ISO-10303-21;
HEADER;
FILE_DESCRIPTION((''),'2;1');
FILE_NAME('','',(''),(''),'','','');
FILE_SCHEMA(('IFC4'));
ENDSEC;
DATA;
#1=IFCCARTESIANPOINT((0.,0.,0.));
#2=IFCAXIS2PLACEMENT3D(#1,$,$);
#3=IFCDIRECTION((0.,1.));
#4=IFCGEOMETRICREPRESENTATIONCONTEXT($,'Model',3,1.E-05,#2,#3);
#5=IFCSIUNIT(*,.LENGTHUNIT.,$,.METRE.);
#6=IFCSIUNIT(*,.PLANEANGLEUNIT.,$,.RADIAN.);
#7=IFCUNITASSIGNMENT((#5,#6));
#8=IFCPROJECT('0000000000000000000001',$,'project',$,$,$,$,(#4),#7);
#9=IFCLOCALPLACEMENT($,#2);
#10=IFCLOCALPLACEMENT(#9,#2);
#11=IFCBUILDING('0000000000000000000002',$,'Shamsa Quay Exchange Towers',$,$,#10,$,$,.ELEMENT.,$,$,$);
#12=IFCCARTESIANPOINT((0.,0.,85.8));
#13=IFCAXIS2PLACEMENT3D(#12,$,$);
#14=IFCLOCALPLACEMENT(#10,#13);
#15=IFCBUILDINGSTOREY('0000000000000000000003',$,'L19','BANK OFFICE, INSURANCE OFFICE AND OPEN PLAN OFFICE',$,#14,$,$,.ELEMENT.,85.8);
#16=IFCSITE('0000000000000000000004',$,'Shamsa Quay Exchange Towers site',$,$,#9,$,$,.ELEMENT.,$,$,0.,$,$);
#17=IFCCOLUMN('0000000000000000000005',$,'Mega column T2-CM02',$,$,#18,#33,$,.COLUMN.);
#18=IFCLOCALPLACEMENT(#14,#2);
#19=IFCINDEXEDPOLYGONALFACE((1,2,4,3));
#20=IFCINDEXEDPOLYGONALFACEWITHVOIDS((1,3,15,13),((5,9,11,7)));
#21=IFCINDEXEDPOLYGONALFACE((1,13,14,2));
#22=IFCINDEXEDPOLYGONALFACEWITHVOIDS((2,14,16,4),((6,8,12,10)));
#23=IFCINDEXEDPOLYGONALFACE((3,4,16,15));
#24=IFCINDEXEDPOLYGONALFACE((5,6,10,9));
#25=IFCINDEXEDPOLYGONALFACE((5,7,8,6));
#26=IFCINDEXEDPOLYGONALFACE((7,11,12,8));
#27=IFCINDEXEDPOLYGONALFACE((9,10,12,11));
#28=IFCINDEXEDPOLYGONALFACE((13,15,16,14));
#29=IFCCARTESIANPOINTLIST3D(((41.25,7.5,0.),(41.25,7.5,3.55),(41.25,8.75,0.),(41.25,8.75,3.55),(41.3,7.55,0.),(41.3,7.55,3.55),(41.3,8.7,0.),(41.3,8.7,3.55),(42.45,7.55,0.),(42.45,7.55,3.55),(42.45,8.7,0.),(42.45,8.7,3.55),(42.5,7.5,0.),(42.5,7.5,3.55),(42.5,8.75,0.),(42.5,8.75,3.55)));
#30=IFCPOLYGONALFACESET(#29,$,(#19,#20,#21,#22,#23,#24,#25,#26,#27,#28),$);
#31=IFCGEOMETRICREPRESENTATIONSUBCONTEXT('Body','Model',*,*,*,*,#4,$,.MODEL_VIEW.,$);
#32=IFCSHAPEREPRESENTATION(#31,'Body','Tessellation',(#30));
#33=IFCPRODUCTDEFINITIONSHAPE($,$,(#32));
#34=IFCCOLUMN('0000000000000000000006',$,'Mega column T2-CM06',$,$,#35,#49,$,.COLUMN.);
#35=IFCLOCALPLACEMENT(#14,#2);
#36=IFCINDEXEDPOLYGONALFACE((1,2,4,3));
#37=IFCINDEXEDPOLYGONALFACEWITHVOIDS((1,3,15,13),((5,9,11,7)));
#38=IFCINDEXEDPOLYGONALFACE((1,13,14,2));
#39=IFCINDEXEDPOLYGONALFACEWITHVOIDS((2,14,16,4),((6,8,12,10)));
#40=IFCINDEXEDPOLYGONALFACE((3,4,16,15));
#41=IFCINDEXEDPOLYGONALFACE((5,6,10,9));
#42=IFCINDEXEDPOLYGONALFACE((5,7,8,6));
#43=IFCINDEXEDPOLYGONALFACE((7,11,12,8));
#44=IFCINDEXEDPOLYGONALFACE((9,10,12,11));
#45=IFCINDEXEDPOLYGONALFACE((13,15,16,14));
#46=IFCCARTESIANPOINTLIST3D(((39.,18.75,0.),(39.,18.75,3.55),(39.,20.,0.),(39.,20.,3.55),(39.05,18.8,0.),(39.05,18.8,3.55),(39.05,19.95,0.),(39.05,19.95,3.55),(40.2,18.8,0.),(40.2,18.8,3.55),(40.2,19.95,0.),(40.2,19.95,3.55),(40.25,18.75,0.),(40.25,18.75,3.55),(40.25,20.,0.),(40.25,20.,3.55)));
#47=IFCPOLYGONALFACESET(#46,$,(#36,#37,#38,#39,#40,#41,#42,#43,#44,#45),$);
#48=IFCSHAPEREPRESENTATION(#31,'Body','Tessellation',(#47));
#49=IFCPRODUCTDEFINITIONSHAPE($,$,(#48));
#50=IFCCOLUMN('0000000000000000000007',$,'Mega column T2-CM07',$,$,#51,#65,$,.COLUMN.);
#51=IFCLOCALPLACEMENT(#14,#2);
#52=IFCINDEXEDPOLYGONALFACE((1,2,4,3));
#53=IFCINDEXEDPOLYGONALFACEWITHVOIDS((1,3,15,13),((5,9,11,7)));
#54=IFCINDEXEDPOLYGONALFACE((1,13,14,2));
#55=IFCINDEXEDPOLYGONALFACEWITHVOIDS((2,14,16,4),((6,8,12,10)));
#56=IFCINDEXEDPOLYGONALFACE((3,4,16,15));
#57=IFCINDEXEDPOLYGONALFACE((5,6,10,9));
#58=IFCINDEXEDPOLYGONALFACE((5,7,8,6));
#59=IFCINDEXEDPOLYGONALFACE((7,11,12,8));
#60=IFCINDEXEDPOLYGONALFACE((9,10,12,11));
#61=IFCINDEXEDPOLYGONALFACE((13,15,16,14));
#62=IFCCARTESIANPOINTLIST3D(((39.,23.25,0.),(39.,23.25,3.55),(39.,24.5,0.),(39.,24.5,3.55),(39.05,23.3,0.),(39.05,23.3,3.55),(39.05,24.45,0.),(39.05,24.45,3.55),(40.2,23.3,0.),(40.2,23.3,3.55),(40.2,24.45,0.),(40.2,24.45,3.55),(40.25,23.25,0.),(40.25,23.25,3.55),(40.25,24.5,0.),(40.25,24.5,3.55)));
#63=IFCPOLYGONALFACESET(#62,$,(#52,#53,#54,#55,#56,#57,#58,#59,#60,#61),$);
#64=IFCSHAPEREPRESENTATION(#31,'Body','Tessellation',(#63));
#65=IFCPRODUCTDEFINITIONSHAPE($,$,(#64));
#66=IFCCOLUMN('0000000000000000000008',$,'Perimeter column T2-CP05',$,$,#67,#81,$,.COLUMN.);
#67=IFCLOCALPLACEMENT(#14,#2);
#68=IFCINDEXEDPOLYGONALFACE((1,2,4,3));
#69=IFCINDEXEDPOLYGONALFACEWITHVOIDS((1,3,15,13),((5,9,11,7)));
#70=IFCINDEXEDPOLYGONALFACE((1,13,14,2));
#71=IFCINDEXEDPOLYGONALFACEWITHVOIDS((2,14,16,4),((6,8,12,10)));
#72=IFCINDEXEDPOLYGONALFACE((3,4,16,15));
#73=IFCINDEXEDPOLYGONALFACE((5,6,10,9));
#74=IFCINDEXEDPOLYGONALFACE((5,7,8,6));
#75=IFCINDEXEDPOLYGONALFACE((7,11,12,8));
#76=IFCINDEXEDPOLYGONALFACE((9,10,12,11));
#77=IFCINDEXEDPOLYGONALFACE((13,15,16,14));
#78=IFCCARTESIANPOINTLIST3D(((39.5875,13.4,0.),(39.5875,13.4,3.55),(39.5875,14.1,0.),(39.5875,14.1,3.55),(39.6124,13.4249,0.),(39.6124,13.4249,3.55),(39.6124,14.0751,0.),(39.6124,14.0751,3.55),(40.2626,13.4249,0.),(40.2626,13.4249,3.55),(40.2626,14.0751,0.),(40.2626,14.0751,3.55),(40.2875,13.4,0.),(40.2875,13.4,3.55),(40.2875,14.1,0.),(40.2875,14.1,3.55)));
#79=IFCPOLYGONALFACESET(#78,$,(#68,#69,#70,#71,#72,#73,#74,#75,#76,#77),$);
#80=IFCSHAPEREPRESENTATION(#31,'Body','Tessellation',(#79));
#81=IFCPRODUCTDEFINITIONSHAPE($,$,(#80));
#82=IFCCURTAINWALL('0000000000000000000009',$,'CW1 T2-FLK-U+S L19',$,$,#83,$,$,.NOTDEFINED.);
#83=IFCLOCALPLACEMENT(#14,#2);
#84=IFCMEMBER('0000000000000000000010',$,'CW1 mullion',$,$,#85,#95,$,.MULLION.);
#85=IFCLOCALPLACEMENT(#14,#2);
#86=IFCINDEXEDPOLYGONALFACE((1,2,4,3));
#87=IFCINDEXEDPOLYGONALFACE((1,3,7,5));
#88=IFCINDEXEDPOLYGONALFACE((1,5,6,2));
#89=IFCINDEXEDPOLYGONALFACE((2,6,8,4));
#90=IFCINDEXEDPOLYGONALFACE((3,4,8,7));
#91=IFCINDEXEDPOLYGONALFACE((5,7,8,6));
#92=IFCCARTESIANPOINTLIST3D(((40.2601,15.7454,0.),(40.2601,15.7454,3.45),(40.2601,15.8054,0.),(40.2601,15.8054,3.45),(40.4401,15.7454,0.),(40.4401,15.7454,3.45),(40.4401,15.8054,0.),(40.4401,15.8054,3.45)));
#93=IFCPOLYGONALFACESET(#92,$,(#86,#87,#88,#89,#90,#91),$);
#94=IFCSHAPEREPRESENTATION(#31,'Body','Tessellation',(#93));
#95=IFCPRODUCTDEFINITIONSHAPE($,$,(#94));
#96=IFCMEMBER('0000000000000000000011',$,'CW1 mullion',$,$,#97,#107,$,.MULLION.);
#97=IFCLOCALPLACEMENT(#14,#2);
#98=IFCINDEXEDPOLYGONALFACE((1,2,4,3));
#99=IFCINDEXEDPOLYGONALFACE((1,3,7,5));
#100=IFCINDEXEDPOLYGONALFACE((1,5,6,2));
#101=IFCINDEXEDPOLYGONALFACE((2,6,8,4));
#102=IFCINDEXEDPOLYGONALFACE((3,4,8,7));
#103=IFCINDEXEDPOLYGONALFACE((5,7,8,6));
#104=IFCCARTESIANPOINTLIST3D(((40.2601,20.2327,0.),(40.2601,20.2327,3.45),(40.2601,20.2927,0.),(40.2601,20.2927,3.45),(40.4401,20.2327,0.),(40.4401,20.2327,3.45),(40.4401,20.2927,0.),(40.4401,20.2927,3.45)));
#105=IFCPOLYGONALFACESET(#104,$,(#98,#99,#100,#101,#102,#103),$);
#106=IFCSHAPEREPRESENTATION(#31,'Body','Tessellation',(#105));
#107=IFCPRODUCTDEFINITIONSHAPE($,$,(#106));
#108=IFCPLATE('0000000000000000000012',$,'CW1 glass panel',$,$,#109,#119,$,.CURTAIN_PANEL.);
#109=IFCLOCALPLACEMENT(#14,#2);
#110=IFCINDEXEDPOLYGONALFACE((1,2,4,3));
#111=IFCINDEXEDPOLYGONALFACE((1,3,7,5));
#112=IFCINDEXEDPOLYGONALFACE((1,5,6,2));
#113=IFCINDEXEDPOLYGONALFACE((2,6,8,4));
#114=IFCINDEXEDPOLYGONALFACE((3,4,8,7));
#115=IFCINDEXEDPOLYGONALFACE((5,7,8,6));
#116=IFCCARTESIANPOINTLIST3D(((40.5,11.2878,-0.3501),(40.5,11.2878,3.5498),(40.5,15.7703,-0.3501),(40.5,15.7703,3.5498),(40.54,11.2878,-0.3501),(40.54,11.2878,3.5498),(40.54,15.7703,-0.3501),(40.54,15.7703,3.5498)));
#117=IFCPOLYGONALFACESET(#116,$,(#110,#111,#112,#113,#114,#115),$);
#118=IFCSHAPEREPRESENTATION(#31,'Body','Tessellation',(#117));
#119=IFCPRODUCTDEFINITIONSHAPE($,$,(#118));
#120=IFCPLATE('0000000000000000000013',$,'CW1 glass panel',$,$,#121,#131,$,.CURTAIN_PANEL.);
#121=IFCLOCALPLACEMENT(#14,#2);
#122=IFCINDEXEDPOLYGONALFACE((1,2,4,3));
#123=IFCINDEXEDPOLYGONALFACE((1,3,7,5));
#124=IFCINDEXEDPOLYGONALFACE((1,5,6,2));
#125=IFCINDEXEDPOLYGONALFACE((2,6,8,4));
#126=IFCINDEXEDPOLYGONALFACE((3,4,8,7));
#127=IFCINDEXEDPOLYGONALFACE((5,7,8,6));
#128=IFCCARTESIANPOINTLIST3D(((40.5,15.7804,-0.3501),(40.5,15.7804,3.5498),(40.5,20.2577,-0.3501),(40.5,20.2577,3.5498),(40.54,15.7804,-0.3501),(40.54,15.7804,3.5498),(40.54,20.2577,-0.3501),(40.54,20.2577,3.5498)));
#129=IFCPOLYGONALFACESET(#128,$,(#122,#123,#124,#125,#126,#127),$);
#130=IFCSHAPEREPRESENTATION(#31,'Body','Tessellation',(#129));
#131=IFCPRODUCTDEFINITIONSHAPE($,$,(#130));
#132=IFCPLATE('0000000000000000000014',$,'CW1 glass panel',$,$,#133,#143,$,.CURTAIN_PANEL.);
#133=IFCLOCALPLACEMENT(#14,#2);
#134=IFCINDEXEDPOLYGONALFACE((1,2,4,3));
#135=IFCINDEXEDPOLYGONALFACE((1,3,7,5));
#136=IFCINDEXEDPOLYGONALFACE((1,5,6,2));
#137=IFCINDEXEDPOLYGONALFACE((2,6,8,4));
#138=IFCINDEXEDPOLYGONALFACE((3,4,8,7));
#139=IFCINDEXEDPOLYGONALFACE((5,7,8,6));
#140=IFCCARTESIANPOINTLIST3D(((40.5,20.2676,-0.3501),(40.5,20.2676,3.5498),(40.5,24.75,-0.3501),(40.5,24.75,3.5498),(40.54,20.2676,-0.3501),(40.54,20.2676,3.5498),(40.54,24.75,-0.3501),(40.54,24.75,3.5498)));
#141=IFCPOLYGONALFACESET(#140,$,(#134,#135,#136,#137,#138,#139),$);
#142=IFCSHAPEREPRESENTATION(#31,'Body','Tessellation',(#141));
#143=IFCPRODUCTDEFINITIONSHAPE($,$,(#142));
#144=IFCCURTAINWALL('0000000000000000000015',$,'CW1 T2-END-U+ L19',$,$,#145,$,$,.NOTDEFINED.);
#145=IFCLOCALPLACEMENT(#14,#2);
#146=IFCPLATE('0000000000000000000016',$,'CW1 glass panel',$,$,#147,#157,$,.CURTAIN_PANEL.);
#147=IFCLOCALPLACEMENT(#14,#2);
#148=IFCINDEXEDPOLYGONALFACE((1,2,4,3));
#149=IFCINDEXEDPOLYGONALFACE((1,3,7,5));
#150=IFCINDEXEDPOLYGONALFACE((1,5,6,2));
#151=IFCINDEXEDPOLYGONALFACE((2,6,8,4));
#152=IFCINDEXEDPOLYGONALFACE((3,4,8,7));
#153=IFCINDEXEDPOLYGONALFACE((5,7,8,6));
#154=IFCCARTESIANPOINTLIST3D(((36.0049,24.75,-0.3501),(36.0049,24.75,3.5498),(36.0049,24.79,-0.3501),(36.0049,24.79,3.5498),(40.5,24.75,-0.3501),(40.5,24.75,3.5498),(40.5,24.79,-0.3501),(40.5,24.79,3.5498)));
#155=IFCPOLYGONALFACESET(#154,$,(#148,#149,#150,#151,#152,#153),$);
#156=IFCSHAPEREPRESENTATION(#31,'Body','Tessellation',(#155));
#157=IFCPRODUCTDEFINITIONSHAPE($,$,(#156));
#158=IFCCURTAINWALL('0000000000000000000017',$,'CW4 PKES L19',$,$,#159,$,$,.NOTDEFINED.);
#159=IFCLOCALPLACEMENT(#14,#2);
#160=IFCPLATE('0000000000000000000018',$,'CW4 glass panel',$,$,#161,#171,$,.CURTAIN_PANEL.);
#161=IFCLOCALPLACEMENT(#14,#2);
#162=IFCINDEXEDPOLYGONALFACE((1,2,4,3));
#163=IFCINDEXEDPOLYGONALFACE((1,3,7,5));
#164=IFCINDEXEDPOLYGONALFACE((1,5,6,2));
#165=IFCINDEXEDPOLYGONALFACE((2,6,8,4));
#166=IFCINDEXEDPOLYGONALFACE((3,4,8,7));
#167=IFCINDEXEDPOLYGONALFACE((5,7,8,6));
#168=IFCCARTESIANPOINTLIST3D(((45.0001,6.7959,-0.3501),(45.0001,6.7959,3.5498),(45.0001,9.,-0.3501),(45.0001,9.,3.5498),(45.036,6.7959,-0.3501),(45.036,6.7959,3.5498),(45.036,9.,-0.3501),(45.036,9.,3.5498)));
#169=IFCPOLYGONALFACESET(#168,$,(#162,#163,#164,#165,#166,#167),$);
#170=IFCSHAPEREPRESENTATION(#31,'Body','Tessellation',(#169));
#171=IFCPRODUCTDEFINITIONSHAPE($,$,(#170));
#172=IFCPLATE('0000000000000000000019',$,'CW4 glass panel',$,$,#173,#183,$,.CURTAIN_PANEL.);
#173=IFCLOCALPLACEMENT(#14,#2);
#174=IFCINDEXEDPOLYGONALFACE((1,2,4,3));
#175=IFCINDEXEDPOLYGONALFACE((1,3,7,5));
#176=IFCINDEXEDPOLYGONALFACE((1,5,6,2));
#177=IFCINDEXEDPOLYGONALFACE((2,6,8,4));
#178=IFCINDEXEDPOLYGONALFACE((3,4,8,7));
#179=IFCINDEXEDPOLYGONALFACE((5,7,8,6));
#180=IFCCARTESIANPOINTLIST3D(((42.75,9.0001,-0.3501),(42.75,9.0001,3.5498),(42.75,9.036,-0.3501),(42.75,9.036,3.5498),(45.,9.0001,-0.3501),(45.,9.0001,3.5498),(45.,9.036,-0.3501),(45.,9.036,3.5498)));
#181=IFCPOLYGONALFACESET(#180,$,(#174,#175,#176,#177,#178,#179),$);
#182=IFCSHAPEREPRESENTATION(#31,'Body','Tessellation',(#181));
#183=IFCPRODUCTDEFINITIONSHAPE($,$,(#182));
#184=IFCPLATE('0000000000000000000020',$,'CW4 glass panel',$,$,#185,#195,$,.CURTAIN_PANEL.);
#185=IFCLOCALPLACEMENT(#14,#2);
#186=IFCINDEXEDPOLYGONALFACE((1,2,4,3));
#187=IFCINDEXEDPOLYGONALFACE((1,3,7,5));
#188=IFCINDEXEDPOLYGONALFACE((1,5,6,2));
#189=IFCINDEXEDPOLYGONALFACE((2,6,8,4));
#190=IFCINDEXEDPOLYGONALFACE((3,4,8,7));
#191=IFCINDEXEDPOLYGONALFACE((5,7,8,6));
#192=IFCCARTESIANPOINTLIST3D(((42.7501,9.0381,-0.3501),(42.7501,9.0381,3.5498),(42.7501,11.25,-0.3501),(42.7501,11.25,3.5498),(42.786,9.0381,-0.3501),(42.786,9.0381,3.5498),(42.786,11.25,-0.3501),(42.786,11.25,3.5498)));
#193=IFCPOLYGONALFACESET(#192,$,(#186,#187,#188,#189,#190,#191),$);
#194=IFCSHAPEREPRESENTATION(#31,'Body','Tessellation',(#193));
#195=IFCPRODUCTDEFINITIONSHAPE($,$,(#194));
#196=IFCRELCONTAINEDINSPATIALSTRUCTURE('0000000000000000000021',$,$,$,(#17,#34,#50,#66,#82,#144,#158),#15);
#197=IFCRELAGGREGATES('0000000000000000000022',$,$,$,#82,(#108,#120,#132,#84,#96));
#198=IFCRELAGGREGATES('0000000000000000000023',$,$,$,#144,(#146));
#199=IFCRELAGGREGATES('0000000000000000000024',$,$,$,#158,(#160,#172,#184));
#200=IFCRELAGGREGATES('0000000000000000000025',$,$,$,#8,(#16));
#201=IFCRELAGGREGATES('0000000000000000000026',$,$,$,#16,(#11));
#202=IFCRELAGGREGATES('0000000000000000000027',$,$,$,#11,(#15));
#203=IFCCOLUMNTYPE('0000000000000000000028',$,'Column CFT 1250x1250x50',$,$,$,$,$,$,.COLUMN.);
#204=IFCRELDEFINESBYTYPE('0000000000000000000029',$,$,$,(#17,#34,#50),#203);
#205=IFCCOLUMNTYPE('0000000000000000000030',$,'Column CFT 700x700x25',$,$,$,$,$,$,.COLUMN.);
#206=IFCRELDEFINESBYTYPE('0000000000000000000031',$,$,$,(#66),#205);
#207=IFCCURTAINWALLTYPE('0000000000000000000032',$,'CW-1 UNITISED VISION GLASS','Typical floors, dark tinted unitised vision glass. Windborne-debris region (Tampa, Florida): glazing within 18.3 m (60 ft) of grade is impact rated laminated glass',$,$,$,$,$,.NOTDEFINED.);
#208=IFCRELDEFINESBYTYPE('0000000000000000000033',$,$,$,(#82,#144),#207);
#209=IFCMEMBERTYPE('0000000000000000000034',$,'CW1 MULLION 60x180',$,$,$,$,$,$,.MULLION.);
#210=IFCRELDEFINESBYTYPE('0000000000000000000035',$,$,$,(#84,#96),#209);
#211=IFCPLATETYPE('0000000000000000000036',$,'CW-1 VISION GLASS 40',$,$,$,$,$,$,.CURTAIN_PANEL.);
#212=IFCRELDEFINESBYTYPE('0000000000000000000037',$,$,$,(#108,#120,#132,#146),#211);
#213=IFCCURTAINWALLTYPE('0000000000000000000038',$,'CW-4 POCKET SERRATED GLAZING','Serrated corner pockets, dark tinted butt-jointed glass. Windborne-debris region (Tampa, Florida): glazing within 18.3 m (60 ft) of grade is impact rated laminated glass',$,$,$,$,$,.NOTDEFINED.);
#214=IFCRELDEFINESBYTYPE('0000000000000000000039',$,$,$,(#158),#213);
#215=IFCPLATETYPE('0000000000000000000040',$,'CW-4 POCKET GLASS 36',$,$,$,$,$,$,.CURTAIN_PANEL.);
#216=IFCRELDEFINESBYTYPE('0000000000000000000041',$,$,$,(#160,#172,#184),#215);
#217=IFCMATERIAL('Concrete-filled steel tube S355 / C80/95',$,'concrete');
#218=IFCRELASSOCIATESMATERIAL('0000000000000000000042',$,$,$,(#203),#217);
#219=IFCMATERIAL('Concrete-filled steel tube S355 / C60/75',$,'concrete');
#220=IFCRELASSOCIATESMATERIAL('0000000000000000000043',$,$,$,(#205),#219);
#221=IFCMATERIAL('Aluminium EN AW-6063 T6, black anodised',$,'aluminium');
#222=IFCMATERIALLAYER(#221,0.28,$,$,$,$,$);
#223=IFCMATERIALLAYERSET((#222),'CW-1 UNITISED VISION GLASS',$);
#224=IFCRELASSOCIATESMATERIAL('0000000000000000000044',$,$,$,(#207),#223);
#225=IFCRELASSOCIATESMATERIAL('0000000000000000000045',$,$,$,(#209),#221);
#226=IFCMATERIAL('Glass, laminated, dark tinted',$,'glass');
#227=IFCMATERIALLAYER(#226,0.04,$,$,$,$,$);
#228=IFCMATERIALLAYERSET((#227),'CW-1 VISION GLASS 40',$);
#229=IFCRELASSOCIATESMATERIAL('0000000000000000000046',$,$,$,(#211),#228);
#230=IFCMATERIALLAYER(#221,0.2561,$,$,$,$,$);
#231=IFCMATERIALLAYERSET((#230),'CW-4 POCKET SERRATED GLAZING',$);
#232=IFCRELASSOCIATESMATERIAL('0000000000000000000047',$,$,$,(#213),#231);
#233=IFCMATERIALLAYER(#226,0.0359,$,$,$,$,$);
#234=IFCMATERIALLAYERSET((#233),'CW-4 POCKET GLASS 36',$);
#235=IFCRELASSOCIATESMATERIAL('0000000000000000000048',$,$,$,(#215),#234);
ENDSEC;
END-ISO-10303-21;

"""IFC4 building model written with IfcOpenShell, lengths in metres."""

from ifc_helpers import new_model, si_unit, direction, frame, origin, origin_2d, place, context, subcontext, project, spatial, rectangle, hollow_rectangle, extrude, material, layer, layer_set, material_profile, profile_set, type_object, element, aggregate, save


model = new_model("IFC4")

# Units and contexts
model_context = context("Model", 3, precision=1e-05, world=origin(), true_north=direction((0.0, 1.0)))
body_context = subcontext(model_context, "Body", "Model", "MODEL_VIEW")
ifc_project = project(units=[si_unit("LENGTHUNIT", "METRE"), si_unit("PLANEANGLEUNIT", "RADIAN")], contexts=[model_context])

# Site, building, storey
site_placement = place(None, origin())
site = spatial("IfcSite", under=ifc_project, at=site_placement, Name="Shamsa Quay Exchange Towers site", CompositionType="ELEMENT", RefElevation=0.0)
building_placement = place(site_placement, origin())
building = spatial("IfcBuilding", under=site, at=building_placement, Name="Shamsa Quay Exchange Towers", CompositionType="ELEMENT")
storey_placement = place(building_placement, frame((0.0, 0.0, 85.8)))
storey = spatial("IfcBuildingStorey", under=building, at=storey_placement, Name="L19", Description="BANK OFFICE, INSURANCE OFFICE AND OPEN PLAN OFFICE", CompositionType="ELEMENT", Elevation=85.8)

# Columns
ifc_material_1 = material(Name="Concrete-filled steel tube S355 / C80/95", Category="concrete")
ifc_material_profile_1 = material_profile(ifc_material_1, hollow_rectangle(XDim=1.25, YDim=1.25, WallThickness=0.05, at=origin_2d()), Name="CFT 1250x1250x50")
ifc_profile_set_1 = profile_set([ifc_material_profile_1], Name="Concrete-filled steel tube S355 / C80/95")
column_type_1 = type_object("IfcColumnType", Name="Column CFT 1250x1250x50", PredefinedType="COLUMN", material=ifc_profile_set_1)
for number, where, name in (
    (1, (41.875, 8.125, 0.0), "Mega column T2-CM02"),
    (2, (39.625, 19.375, 0.0), "Mega column T2-CM06"),
    (3, (39.625, 23.875, 0.0), "Mega column T2-CM07"),
):
    element("IfcColumn", number, at=place(storey_placement, frame(where)), inside=storey, type_object=column_type_1, Name=name, PredefinedType="COLUMN", context=body_context, shape_type="SweptSolid", body=[
        extrude(hollow_rectangle(XDim=1.25, YDim=1.25, WallThickness=0.05, at=origin_2d()), origin(), (0.0, 0.0, 1.0), 3.55),
    ])
ifc_material_2 = material(Name="Concrete-filled steel tube S355 / C60/75", Category="concrete")
ifc_material_profile_2 = material_profile(ifc_material_2, hollow_rectangle(XDim=0.7, YDim=0.7, WallThickness=0.0249, at=origin_2d()), Name="CFT 700x700x25")
ifc_profile_set_2 = profile_set([ifc_material_profile_2], Name="Concrete-filled steel tube S355 / C60/75")
column_type_2 = type_object("IfcColumnType", Name="Column CFT 700x700x25", PredefinedType="COLUMN", material=ifc_profile_set_2)
column_placement = place(storey_placement, frame((39.9375, 13.75, 0.0)))
element("IfcColumn", 4, at=column_placement, inside=storey, type_object=column_type_2, Name="Perimeter column T2-CP05", PredefinedType="COLUMN", context=body_context, shape_type="SweptSolid", body=[
    extrude(hollow_rectangle(XDim=0.7, YDim=0.7, WallThickness=0.0249, at=origin_2d()), origin(), (0.0, 0.0, 1.0), 3.55),
])

# Curtain wall, members, plates
ifc_material_3 = material(Name="Aluminium EN AW-6063 T6, black anodised", Category="aluminium")
ifc_layer_1 = layer(ifc_material_3, 0.28)
ifc_layer_set_1 = layer_set([ifc_layer_1], Name="CW-1 UNITISED VISION GLASS")
curtain_wall_type_1 = type_object("IfcCurtainWallType", Name="CW-1 UNITISED VISION GLASS", Description="Typical floors, dark tinted unitised vision glass. Windborne-debris region (Tampa, Florida): glazing within 18.3 m (60 ft) of grade is impact rated laminated glass", PredefinedType="NOTDEFINED", material=ifc_layer_set_1)
curtain_wall_1_placement = place(storey_placement, origin())
curtain_wall_1 = element("IfcCurtainWall", 5, at=curtain_wall_1_placement, inside=storey, type_object=curtain_wall_type_1, Name="CW1 T2-FLK-U+S L19", PredefinedType="NOTDEFINED")
ifc_material_profile_3 = material_profile(ifc_material_3, rectangle(XDim=0.1799, YDim=0.0601, at=origin_2d()), Name="MU60x180")
ifc_profile_set_3 = profile_set([ifc_material_profile_3], Name="Aluminium EN AW-6063 T6, black anodised")
member_type = type_object("IfcMemberType", Name="CW1 MULLION 60x180", PredefinedType="MULLION", material=ifc_profile_set_3)
member_1_placement = place(storey_placement, frame((40.3501, 15.7754, 0.0), z_axis=(0.0, 0.0, 1.0), x_axis=(-1.0, 0.0, 0.0)))
member_1 = element("IfcMember", 6, at=member_1_placement, type_object=member_type, Name="CW1 mullion", PredefinedType="MULLION", context=body_context, shape_type="SweptSolid", body=[
    extrude(rectangle(XDim=0.1799, YDim=0.0601, at=origin_2d()), origin(), (0.0, 0.0, 1.0), 3.45),
])
member_2_placement = place(storey_placement, frame((40.3501, 20.2627, 0.0), z_axis=(0.0, 0.0, 1.0), x_axis=(-1.0, 0.0, 0.0)))
member_2 = element("IfcMember", 7, at=member_2_placement, type_object=member_type, Name="CW1 mullion", PredefinedType="MULLION", context=body_context, shape_type="SweptSolid", body=[
    extrude(rectangle(XDim=0.1799, YDim=0.0601, at=origin_2d()), origin(), (0.0, 0.0, 1.0), 3.45),
])
ifc_material_4 = material(Name="Glass, laminated, dark tinted", Category="glass")
ifc_layer_2 = layer(ifc_material_4, 0.04)
ifc_layer_set_2 = layer_set([ifc_layer_2], Name="CW-1 VISION GLASS 40")
plate_type_1 = type_object("IfcPlateType", Name="CW-1 VISION GLASS 40", PredefinedType="CURTAIN_PANEL", material=ifc_layer_set_2)
plate_1_placement = place(storey_placement, frame((40.52, 13.5291, -0.3501), z_axis=(0.0, 0.0, 1.0), x_axis=(0.0, 1.0, 0.0)))
plate_1 = element("IfcPlate", 8, at=plate_1_placement, type_object=plate_type_1, Name="CW1 glass panel", PredefinedType="CURTAIN_PANEL", context=body_context, shape_type="SweptSolid", body=[
    extrude(rectangle(XDim=4.4824, YDim=0.04, at=origin_2d()), origin(), (0.0, 0.0, 1.0), 3.8999),
])
plate_2_placement = place(storey_placement, frame((40.52, 18.019, -0.3501), z_axis=(0.0, 0.0, 1.0), x_axis=(0.0, 1.0, 0.0)))
plate_2 = element("IfcPlate", 9, at=plate_2_placement, type_object=plate_type_1, Name="CW1 glass panel", PredefinedType="CURTAIN_PANEL", context=body_context, shape_type="SweptSolid", body=[
    extrude(rectangle(XDim=4.4773, YDim=0.04, at=origin_2d()), origin(), (0.0, 0.0, 1.0), 3.8999),
])
plate_3_placement = place(storey_placement, frame((40.52, 22.5088, -0.3501), z_axis=(0.0, 0.0, 1.0), x_axis=(0.0, 1.0, 0.0)))
plate_3 = element("IfcPlate", 10, at=plate_3_placement, type_object=plate_type_1, Name="CW1 glass panel", PredefinedType="CURTAIN_PANEL", context=body_context, shape_type="SweptSolid", body=[
    extrude(rectangle(XDim=4.4824, YDim=0.04, at=origin_2d()), origin(), (0.0, 0.0, 1.0), 3.8999),
])
aggregate(curtain_wall_1, [plate_1, plate_2, plate_3, member_1, member_2])

# Curtain wall, plate
curtain_wall_2_placement = place(storey_placement, origin())
curtain_wall_2 = element("IfcCurtainWall", 11, at=curtain_wall_2_placement, inside=storey, type_object=curtain_wall_type_1, Name="CW1 T2-END-U+ L19", PredefinedType="NOTDEFINED")
plate_4_placement = place(storey_placement, frame((38.2524, 24.77, -0.3501), z_axis=(0.0, 0.0, 1.0), x_axis=(-1.0, 0.0, 0.0)))
plate_4 = element("IfcPlate", 12, at=plate_4_placement, type_object=plate_type_1, Name="CW1 glass panel", PredefinedType="CURTAIN_PANEL", context=body_context, shape_type="SweptSolid", body=[
    extrude(rectangle(XDim=4.4951, YDim=0.04, at=origin_2d()), origin(), (0.0, 0.0, 1.0), 3.8999),
])
aggregate(curtain_wall_2, [plate_4])

# Curtain wall, plates
ifc_layer_3 = layer(ifc_material_3, 0.2561)
ifc_layer_set_3 = layer_set([ifc_layer_3], Name="CW-4 POCKET SERRATED GLAZING")
curtain_wall_type_2 = type_object("IfcCurtainWallType", Name="CW-4 POCKET SERRATED GLAZING", Description="Serrated corner pockets, dark tinted butt-jointed glass. Windborne-debris region (Tampa, Florida): glazing within 18.3 m (60 ft) of grade is impact rated laminated glass", PredefinedType="NOTDEFINED", material=ifc_layer_set_3)
curtain_wall_3_placement = place(storey_placement, origin())
curtain_wall_3 = element("IfcCurtainWall", 13, at=curtain_wall_3_placement, inside=storey, type_object=curtain_wall_type_2, Name="CW4 PKES L19", PredefinedType="NOTDEFINED")
ifc_layer_4 = layer(ifc_material_4, 0.0359)
ifc_layer_set_4 = layer_set([ifc_layer_4], Name="CW-4 POCKET GLASS 36")
plate_type_2 = type_object("IfcPlateType", Name="CW-4 POCKET GLASS 36", PredefinedType="CURTAIN_PANEL", material=ifc_layer_set_4)
plate_5_placement = place(storey_placement, frame((45.0181, 7.8979, -0.3501), z_axis=(0.0, 0.0, 1.0), x_axis=(0.0, 1.0, 0.0)))
plate_5 = element("IfcPlate", 14, at=plate_5_placement, type_object=plate_type_2, Name="CW4 glass panel", PredefinedType="CURTAIN_PANEL", context=body_context, shape_type="SweptSolid", body=[
    extrude(rectangle(XDim=2.2041, YDim=0.0359, at=origin_2d()), origin(), (0.0, 0.0, 1.0), 3.8999),
])
plate_6_placement = place(storey_placement, frame((43.875, 9.0181, -0.3501), z_axis=(0.0, 0.0, 1.0), x_axis=(-1.0, 0.0, 0.0)))
plate_6 = element("IfcPlate", 15, at=plate_6_placement, type_object=plate_type_2, Name="CW4 glass panel", PredefinedType="CURTAIN_PANEL", context=body_context, shape_type="SweptSolid", body=[
    extrude(rectangle(XDim=2.25, YDim=0.0359, at=origin_2d()), origin(), (0.0, 0.0, 1.0), 3.8999),
])
plate_7_placement = place(storey_placement, frame((42.7681, 10.144, -0.3501), z_axis=(0.0, 0.0, 1.0), x_axis=(0.0, 1.0, 0.0)))
plate_7 = element("IfcPlate", 16, at=plate_7_placement, type_object=plate_type_2, Name="CW4 glass panel", PredefinedType="CURTAIN_PANEL", context=body_context, shape_type="SweptSolid", body=[
    extrude(rectangle(XDim=2.2119, YDim=0.0359, at=origin_2d()), origin(), (0.0, 0.0, 1.0), 3.8999),
])
aggregate(curtain_wall_3, [plate_5, plate_6, plate_7])

save(model, "model.ifc")
